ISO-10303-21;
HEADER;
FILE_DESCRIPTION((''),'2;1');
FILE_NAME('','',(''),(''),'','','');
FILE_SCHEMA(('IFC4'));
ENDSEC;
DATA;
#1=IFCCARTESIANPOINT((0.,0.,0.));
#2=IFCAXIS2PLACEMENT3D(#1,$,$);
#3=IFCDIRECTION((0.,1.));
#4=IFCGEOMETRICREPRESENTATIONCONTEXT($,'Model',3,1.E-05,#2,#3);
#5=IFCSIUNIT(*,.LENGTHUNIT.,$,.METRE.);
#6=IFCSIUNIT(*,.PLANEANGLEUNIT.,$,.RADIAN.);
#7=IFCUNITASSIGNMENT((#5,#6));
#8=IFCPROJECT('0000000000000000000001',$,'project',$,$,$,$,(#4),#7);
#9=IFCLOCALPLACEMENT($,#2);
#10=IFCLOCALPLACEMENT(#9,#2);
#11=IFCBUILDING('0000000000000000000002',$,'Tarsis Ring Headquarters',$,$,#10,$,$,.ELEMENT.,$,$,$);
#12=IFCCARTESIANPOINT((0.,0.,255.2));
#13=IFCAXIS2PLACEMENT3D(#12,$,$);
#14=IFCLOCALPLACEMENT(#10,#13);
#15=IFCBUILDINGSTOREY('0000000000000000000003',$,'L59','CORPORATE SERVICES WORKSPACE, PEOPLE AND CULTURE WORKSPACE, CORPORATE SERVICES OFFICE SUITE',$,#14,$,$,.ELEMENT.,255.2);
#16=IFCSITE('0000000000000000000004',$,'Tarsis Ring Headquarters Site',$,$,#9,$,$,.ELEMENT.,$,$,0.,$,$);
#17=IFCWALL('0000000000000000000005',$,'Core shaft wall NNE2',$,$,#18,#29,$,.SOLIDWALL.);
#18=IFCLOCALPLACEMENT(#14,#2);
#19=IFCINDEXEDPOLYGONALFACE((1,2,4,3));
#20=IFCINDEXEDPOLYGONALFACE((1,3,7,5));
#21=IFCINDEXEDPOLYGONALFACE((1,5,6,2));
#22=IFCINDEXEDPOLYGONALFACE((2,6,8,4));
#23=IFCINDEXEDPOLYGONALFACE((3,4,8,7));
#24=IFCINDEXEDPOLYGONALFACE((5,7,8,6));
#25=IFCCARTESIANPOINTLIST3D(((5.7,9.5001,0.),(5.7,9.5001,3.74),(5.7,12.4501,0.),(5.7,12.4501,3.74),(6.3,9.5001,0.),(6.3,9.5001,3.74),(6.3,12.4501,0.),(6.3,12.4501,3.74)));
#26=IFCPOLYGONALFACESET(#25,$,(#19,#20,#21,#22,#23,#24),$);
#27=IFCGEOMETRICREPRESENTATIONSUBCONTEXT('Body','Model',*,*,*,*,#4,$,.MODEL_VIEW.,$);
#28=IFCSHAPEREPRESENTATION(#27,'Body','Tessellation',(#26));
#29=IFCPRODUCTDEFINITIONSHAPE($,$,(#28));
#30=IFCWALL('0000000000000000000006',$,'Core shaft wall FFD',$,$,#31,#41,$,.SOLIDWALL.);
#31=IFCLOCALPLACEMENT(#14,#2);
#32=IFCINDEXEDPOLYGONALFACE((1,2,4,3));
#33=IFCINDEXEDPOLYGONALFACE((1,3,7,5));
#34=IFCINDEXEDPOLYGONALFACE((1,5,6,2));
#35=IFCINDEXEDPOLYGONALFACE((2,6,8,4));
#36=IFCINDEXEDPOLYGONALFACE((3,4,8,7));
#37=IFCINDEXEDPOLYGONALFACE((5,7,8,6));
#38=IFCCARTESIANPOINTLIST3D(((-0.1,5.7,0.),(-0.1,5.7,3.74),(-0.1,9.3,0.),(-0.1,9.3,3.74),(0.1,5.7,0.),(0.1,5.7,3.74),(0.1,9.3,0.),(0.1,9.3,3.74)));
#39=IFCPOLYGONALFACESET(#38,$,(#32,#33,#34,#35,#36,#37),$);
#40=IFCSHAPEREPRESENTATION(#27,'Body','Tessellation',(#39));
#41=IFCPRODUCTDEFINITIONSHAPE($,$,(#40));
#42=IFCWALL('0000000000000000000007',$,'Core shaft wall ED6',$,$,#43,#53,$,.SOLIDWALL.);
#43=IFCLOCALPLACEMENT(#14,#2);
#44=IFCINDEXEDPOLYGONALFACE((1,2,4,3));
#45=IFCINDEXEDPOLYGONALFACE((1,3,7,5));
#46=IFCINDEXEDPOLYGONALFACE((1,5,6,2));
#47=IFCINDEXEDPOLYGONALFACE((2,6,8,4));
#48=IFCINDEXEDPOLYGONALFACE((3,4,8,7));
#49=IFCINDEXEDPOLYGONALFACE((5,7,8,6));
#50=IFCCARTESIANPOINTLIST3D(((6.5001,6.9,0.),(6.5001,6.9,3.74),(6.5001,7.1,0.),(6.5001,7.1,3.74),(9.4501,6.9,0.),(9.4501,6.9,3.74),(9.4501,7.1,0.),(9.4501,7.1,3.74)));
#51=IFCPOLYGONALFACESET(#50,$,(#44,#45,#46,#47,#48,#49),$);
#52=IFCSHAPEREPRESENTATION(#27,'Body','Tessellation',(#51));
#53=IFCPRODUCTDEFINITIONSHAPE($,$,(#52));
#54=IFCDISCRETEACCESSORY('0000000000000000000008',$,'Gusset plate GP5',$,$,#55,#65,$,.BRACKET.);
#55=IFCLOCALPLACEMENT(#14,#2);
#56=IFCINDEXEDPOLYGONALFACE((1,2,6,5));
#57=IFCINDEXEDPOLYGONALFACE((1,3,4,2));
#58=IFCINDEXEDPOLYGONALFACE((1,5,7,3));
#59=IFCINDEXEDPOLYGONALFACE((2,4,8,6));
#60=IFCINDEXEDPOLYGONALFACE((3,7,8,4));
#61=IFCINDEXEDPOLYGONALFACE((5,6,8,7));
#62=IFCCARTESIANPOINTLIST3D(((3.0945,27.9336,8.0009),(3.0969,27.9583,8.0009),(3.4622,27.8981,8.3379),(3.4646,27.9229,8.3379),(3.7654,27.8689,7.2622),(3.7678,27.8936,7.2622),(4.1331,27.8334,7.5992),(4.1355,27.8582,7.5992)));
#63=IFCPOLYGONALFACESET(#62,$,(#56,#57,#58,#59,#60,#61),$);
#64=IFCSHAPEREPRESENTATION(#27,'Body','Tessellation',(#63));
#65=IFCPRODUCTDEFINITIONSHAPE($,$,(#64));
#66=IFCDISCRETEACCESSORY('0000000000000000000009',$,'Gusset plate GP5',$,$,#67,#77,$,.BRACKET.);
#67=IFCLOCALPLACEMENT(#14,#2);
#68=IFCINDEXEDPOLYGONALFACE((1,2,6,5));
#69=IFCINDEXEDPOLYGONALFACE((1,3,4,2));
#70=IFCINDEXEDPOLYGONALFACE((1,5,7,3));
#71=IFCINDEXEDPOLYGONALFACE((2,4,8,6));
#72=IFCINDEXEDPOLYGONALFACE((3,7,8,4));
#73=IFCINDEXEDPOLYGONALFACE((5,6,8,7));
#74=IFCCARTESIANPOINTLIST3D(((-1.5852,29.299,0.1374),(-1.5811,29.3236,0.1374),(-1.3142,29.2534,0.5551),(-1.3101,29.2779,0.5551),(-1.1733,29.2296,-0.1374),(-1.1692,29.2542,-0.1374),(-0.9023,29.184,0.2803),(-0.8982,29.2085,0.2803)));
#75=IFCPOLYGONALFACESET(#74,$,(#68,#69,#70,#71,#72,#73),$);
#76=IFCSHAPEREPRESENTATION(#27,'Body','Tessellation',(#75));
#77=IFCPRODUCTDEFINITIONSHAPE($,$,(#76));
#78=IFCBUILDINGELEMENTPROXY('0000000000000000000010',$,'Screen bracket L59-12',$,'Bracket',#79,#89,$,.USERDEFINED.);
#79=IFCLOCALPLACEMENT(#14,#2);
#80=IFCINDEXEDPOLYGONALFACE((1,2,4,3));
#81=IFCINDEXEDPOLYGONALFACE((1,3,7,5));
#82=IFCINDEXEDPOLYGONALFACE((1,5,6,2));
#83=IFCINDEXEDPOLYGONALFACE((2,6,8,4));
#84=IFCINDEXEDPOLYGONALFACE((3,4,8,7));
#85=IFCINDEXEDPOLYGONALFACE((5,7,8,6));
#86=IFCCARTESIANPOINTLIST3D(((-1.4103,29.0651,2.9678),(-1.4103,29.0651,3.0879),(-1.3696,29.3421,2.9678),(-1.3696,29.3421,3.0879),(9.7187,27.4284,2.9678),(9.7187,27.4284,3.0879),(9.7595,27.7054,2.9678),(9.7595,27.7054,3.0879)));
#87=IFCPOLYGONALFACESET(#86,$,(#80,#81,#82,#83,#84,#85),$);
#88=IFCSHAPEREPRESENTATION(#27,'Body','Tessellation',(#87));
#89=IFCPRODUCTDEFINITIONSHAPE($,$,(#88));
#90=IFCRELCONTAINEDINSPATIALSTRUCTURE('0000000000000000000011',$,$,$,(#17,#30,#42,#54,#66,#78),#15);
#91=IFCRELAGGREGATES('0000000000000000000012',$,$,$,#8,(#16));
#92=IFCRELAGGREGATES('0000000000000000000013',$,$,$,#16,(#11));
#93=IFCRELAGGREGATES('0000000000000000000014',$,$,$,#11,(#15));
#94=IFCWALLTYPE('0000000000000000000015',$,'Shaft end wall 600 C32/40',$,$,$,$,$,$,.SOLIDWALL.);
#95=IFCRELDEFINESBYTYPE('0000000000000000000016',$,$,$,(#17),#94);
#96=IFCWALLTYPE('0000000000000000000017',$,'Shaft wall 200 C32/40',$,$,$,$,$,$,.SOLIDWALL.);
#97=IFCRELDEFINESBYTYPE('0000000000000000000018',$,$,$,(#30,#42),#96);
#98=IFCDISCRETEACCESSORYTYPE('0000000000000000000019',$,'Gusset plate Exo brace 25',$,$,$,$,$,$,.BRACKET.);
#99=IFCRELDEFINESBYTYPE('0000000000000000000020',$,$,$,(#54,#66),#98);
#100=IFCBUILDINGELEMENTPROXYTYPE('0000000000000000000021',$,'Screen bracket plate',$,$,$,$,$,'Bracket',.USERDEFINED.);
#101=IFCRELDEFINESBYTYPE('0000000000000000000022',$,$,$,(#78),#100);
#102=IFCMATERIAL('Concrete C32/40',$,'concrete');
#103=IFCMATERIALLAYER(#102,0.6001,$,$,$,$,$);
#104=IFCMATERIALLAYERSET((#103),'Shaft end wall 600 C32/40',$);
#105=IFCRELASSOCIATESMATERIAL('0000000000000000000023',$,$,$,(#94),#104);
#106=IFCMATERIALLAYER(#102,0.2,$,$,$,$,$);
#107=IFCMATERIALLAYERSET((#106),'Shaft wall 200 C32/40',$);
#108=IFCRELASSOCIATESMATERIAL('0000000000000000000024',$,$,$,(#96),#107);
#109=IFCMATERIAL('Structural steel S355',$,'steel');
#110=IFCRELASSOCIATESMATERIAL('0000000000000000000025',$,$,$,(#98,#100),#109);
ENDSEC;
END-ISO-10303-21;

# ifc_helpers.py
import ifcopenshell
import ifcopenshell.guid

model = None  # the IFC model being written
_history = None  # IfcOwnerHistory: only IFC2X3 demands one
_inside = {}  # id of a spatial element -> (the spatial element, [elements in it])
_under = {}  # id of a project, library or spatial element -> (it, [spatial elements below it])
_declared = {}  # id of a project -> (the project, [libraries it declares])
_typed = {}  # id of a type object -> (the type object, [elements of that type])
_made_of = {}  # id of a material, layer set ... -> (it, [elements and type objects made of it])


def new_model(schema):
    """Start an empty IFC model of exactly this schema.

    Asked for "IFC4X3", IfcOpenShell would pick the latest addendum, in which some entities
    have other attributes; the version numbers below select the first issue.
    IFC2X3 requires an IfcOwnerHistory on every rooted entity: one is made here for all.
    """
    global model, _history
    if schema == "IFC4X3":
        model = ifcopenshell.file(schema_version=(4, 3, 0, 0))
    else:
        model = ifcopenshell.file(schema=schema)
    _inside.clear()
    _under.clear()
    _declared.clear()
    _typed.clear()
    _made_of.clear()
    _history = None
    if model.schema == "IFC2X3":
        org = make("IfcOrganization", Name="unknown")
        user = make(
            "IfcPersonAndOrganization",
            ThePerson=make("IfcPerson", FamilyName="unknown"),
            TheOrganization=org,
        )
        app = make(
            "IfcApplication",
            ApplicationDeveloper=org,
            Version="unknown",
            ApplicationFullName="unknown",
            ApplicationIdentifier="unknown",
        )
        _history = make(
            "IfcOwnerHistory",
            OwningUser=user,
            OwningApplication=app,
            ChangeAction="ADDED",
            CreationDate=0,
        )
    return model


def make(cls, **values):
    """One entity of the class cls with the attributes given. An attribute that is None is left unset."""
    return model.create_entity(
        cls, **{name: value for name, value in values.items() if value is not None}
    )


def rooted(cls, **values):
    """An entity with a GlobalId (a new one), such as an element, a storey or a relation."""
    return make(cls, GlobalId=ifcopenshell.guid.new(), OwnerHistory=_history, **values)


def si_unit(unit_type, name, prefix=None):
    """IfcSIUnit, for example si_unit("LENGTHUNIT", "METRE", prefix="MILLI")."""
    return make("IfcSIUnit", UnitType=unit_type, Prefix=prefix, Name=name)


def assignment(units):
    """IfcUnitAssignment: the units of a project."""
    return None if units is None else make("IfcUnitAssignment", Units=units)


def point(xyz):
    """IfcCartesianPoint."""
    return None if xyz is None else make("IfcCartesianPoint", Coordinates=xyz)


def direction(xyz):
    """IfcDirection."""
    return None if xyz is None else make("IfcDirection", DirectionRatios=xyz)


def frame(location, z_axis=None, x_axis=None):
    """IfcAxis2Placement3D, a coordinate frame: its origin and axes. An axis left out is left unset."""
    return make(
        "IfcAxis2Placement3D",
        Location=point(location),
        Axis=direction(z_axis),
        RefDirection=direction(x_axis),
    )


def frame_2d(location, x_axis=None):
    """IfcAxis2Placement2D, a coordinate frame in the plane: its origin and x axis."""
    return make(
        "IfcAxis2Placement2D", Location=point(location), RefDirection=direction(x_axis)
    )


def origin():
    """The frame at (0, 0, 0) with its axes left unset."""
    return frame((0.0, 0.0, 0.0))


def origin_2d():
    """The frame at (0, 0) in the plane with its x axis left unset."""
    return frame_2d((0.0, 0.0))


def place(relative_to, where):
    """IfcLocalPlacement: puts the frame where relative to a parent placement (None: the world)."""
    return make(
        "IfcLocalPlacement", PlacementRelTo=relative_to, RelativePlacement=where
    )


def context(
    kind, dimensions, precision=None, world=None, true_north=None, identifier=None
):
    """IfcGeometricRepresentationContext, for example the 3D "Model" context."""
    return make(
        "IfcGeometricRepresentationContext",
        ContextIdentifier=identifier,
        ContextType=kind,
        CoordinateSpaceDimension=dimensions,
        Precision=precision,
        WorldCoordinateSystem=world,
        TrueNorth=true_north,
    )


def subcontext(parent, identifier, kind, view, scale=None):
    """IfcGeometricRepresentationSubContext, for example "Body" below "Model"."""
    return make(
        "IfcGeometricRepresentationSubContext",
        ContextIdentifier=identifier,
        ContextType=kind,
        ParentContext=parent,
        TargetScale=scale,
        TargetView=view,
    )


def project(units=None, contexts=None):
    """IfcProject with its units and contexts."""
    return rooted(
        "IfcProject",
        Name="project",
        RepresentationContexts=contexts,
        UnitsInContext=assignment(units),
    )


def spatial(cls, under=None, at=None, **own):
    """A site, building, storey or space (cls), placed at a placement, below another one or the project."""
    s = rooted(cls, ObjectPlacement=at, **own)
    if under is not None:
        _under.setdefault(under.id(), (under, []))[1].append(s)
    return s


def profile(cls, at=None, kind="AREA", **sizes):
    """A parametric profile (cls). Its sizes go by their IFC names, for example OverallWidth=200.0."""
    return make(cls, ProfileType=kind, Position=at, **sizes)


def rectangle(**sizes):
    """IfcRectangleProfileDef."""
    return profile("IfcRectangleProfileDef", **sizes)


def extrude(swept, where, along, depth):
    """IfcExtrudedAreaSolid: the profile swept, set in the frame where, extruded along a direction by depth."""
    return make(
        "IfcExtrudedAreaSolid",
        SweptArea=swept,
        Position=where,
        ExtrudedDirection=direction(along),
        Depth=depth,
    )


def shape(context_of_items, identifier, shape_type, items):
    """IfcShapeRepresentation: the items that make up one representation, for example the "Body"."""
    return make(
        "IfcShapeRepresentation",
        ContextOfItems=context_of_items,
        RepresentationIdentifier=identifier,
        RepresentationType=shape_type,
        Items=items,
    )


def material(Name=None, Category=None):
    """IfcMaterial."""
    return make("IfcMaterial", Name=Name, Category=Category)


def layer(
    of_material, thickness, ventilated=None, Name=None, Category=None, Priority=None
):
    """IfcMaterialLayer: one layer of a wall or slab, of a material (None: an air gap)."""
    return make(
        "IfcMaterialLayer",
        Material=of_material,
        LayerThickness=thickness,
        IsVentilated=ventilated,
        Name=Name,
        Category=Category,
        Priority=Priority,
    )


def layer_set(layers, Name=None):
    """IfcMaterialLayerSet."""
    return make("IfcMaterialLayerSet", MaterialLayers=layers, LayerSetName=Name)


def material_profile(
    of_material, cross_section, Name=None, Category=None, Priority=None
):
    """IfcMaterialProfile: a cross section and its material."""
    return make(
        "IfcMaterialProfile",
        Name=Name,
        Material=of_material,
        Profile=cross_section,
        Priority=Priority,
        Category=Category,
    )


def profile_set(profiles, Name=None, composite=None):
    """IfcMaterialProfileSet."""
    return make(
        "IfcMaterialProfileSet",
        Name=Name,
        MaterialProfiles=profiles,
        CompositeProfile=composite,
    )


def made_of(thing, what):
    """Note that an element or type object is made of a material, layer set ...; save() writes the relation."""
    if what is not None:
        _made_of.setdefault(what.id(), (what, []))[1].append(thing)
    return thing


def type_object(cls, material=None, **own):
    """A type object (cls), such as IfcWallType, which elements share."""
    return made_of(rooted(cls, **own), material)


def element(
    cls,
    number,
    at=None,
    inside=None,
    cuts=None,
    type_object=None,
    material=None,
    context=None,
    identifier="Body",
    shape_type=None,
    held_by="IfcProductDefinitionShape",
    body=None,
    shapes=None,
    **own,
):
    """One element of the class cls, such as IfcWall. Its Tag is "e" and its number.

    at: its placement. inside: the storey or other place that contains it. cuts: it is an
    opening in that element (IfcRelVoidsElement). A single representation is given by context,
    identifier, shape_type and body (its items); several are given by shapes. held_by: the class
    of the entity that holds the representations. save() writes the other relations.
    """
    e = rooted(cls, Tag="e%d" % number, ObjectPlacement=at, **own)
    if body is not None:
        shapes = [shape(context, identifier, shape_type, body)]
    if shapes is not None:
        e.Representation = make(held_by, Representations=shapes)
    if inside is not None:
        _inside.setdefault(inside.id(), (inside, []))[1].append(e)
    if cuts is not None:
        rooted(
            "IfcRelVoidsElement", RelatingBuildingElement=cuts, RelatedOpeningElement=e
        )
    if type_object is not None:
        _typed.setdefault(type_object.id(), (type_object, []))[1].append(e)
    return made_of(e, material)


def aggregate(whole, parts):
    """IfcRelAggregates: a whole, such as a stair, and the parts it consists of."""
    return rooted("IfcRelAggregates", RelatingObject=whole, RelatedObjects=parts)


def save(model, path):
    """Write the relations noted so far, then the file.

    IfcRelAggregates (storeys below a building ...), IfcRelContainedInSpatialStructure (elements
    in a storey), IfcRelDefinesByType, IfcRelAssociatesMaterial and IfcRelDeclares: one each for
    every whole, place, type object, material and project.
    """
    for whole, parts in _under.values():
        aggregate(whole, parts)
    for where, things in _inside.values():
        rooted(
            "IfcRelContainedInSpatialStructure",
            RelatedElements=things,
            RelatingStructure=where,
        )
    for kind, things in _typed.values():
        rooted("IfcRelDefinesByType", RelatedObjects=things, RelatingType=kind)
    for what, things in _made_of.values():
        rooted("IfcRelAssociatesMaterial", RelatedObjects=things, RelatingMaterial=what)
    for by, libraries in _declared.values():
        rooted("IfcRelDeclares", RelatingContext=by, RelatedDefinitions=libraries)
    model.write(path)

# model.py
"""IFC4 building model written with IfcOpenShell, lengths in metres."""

from ifc_helpers import new_model, si_unit, direction, frame, frame_2d, origin, origin_2d, place, context, subcontext, project, spatial, rectangle, extrude, material, layer, layer_set, material_profile, profile_set, type_object, element, save


model = new_model("IFC4")

# Units and contexts
model_context = context("Model", 3, precision=1e-05, world=origin(), true_north=direction((0.0, 1.0)))
body_context = subcontext(model_context, "Body", "Model", "MODEL_VIEW")
ifc_project = project(units=[si_unit("LENGTHUNIT", "METRE"), si_unit("PLANEANGLEUNIT", "RADIAN")], contexts=[model_context])

# Site, building, storey
site_placement = place(None, origin())
site = spatial("IfcSite", under=ifc_project, at=site_placement, Name="Tarsis Ring Headquarters Site", CompositionType="ELEMENT", RefElevation=0.0)
building_placement = place(site_placement, origin())
building = spatial("IfcBuilding", under=site, at=building_placement, Name="Tarsis Ring Headquarters", CompositionType="ELEMENT")
storey_placement = place(building_placement, frame((0.0, 0.0, 255.2)))
storey = spatial("IfcBuildingStorey", under=building, at=storey_placement, Name="L59", Description="CORPORATE SERVICES WORKSPACE, PEOPLE AND CULTURE WORKSPACE, CORPORATE SERVICES OFFICE SUITE", CompositionType="ELEMENT", Elevation=255.2)

# Shared definitions
ifc_material_1 = material(Name="Structural steel S355", Category="steel")

# Walls
ifc_material_2 = material(Name="Concrete C32/40", Category="concrete")
ifc_layer_1 = layer(ifc_material_2, 0.6001)
ifc_layer_set_1 = layer_set([ifc_layer_1], Name="Shaft end wall 600 C32/40")
wall_type_1 = type_object("IfcWallType", Name="Shaft end wall 600 C32/40", PredefinedType="SOLIDWALL", material=ifc_layer_set_1)
wall_1_placement = place(storey_placement, frame((6.0, 9.5, 0.0), z_axis=(0.0, 0.0, 1.0), x_axis=(0.0, 1.0, 0.0)))
element("IfcWall", 1, at=wall_1_placement, inside=storey, type_object=wall_type_1, Name="Core shaft wall NNE2", PredefinedType="SOLIDWALL", context=body_context, shape_type="SweptSolid", body=[
    extrude(rectangle(XDim=2.95, YDim=0.6001, at=frame_2d((1.4751, 0.0))), origin(), (0.0, 0.0, 1.0), 3.74),
])
ifc_layer_2 = layer(ifc_material_2, 0.2)
ifc_layer_set_2 = layer_set([ifc_layer_2], Name="Shaft wall 200 C32/40")
wall_type_2 = type_object("IfcWallType", Name="Shaft wall 200 C32/40", PredefinedType="SOLIDWALL", material=ifc_layer_set_2)
wall_2_placement = place(storey_placement, frame((0.0, 5.7, 0.0), z_axis=(0.0, 0.0, 1.0), x_axis=(0.0, 1.0, 0.0)))
element("IfcWall", 2, at=wall_2_placement, inside=storey, type_object=wall_type_2, Name="Core shaft wall FFD", PredefinedType="SOLIDWALL", context=body_context, shape_type="SweptSolid", body=[
    extrude(rectangle(XDim=3.6001, YDim=0.2, at=frame_2d((1.8, 0.0))), origin(), (0.0, 0.0, 1.0), 3.74),
])
wall_3_placement = place(storey_placement, frame((6.5, 7.0, 0.0), z_axis=(0.0, 0.0, 1.0), x_axis=(1.0, 0.0, 0.0)))
element("IfcWall", 3, at=wall_3_placement, inside=storey, type_object=wall_type_2, Name="Core shaft wall ED6", PredefinedType="SOLIDWALL", context=body_context, shape_type="SweptSolid", body=[
    extrude(rectangle(XDim=2.95, YDim=0.2, at=frame_2d((1.4751, 0.0))), origin(), (0.0, 0.0, 1.0), 3.74),
])

# Discrete accessories
ifc_material_profile_1 = material_profile(ifc_material_1, rectangle(XDim=0.0249, YDim=0.5, at=origin_2d()), Name="PL 25x500")
ifc_profile_set_1 = profile_set([ifc_material_profile_1], Name="Structural steel S355")
discrete_accessory_type = type_object("IfcDiscreteAccessoryType", Name="Gusset plate Exo brace 25", PredefinedType="BRACKET", material=ifc_profile_set_1)
discrete_accessory_1_placement = place(storey_placement, frame((3.9504, 27.8635, 7.4307), z_axis=(-0.670875, 0.064695, 0.738743), x_axis=(-0.095988, -0.995382, 0.0)))
element("IfcDiscreteAccessory", 4, at=discrete_accessory_1_placement, inside=storey, type_object=discrete_accessory_type, Name="Gusset plate GP5", PredefinedType="BRACKET", context=body_context, shape_type="SweptSolid", body=[
    extrude(rectangle(XDim=0.0249, YDim=0.5, at=origin_2d()), origin(), (0.0, 0.0, 1.0), 1.0),
])
discrete_accessory_2_placement = place(storey_placement, frame((-1.3772, 29.2766, 0.0), z_axis=(0.541974, -0.091305, 0.835421), x_axis=(0.166127, 0.986104, 0.0)))
element("IfcDiscreteAccessory", 5, at=discrete_accessory_2_placement, inside=storey, type_object=discrete_accessory_type, Name="Gusset plate GP5", PredefinedType="BRACKET", context=body_context, shape_type="SweptSolid", body=[
    extrude(rectangle(XDim=0.0249, YDim=0.5, at=origin_2d()), origin(), (0.0, 0.0, 1.0), 0.5),
])

# Building element proxy
building_element_proxy_type = type_object("IfcBuildingElementProxyType", Name="Screen bracket plate", ElementType="Bracket", PredefinedType="USERDEFINED", material=ifc_material_1)
proxy_placement = place(storey_placement, frame((4.1746, 28.3853, 2.9678), z_axis=(0.0, 0.0, 1.0), x_axis=(-0.989358, 0.1455, 0.0)))
element("IfcBuildingElementProxy", 6, at=proxy_placement, inside=storey, type_object=building_element_proxy_type, Name="Screen bracket L59-12", ObjectType="Bracket", PredefinedType="USERDEFINED", context=body_context, shape_type="SweptSolid", body=[
    extrude(rectangle(XDim=11.2488, YDim=0.28, at=origin_2d()), origin(), (0.0, 0.0, 1.0), 0.1201),
])

save(model, "model.ifc")
